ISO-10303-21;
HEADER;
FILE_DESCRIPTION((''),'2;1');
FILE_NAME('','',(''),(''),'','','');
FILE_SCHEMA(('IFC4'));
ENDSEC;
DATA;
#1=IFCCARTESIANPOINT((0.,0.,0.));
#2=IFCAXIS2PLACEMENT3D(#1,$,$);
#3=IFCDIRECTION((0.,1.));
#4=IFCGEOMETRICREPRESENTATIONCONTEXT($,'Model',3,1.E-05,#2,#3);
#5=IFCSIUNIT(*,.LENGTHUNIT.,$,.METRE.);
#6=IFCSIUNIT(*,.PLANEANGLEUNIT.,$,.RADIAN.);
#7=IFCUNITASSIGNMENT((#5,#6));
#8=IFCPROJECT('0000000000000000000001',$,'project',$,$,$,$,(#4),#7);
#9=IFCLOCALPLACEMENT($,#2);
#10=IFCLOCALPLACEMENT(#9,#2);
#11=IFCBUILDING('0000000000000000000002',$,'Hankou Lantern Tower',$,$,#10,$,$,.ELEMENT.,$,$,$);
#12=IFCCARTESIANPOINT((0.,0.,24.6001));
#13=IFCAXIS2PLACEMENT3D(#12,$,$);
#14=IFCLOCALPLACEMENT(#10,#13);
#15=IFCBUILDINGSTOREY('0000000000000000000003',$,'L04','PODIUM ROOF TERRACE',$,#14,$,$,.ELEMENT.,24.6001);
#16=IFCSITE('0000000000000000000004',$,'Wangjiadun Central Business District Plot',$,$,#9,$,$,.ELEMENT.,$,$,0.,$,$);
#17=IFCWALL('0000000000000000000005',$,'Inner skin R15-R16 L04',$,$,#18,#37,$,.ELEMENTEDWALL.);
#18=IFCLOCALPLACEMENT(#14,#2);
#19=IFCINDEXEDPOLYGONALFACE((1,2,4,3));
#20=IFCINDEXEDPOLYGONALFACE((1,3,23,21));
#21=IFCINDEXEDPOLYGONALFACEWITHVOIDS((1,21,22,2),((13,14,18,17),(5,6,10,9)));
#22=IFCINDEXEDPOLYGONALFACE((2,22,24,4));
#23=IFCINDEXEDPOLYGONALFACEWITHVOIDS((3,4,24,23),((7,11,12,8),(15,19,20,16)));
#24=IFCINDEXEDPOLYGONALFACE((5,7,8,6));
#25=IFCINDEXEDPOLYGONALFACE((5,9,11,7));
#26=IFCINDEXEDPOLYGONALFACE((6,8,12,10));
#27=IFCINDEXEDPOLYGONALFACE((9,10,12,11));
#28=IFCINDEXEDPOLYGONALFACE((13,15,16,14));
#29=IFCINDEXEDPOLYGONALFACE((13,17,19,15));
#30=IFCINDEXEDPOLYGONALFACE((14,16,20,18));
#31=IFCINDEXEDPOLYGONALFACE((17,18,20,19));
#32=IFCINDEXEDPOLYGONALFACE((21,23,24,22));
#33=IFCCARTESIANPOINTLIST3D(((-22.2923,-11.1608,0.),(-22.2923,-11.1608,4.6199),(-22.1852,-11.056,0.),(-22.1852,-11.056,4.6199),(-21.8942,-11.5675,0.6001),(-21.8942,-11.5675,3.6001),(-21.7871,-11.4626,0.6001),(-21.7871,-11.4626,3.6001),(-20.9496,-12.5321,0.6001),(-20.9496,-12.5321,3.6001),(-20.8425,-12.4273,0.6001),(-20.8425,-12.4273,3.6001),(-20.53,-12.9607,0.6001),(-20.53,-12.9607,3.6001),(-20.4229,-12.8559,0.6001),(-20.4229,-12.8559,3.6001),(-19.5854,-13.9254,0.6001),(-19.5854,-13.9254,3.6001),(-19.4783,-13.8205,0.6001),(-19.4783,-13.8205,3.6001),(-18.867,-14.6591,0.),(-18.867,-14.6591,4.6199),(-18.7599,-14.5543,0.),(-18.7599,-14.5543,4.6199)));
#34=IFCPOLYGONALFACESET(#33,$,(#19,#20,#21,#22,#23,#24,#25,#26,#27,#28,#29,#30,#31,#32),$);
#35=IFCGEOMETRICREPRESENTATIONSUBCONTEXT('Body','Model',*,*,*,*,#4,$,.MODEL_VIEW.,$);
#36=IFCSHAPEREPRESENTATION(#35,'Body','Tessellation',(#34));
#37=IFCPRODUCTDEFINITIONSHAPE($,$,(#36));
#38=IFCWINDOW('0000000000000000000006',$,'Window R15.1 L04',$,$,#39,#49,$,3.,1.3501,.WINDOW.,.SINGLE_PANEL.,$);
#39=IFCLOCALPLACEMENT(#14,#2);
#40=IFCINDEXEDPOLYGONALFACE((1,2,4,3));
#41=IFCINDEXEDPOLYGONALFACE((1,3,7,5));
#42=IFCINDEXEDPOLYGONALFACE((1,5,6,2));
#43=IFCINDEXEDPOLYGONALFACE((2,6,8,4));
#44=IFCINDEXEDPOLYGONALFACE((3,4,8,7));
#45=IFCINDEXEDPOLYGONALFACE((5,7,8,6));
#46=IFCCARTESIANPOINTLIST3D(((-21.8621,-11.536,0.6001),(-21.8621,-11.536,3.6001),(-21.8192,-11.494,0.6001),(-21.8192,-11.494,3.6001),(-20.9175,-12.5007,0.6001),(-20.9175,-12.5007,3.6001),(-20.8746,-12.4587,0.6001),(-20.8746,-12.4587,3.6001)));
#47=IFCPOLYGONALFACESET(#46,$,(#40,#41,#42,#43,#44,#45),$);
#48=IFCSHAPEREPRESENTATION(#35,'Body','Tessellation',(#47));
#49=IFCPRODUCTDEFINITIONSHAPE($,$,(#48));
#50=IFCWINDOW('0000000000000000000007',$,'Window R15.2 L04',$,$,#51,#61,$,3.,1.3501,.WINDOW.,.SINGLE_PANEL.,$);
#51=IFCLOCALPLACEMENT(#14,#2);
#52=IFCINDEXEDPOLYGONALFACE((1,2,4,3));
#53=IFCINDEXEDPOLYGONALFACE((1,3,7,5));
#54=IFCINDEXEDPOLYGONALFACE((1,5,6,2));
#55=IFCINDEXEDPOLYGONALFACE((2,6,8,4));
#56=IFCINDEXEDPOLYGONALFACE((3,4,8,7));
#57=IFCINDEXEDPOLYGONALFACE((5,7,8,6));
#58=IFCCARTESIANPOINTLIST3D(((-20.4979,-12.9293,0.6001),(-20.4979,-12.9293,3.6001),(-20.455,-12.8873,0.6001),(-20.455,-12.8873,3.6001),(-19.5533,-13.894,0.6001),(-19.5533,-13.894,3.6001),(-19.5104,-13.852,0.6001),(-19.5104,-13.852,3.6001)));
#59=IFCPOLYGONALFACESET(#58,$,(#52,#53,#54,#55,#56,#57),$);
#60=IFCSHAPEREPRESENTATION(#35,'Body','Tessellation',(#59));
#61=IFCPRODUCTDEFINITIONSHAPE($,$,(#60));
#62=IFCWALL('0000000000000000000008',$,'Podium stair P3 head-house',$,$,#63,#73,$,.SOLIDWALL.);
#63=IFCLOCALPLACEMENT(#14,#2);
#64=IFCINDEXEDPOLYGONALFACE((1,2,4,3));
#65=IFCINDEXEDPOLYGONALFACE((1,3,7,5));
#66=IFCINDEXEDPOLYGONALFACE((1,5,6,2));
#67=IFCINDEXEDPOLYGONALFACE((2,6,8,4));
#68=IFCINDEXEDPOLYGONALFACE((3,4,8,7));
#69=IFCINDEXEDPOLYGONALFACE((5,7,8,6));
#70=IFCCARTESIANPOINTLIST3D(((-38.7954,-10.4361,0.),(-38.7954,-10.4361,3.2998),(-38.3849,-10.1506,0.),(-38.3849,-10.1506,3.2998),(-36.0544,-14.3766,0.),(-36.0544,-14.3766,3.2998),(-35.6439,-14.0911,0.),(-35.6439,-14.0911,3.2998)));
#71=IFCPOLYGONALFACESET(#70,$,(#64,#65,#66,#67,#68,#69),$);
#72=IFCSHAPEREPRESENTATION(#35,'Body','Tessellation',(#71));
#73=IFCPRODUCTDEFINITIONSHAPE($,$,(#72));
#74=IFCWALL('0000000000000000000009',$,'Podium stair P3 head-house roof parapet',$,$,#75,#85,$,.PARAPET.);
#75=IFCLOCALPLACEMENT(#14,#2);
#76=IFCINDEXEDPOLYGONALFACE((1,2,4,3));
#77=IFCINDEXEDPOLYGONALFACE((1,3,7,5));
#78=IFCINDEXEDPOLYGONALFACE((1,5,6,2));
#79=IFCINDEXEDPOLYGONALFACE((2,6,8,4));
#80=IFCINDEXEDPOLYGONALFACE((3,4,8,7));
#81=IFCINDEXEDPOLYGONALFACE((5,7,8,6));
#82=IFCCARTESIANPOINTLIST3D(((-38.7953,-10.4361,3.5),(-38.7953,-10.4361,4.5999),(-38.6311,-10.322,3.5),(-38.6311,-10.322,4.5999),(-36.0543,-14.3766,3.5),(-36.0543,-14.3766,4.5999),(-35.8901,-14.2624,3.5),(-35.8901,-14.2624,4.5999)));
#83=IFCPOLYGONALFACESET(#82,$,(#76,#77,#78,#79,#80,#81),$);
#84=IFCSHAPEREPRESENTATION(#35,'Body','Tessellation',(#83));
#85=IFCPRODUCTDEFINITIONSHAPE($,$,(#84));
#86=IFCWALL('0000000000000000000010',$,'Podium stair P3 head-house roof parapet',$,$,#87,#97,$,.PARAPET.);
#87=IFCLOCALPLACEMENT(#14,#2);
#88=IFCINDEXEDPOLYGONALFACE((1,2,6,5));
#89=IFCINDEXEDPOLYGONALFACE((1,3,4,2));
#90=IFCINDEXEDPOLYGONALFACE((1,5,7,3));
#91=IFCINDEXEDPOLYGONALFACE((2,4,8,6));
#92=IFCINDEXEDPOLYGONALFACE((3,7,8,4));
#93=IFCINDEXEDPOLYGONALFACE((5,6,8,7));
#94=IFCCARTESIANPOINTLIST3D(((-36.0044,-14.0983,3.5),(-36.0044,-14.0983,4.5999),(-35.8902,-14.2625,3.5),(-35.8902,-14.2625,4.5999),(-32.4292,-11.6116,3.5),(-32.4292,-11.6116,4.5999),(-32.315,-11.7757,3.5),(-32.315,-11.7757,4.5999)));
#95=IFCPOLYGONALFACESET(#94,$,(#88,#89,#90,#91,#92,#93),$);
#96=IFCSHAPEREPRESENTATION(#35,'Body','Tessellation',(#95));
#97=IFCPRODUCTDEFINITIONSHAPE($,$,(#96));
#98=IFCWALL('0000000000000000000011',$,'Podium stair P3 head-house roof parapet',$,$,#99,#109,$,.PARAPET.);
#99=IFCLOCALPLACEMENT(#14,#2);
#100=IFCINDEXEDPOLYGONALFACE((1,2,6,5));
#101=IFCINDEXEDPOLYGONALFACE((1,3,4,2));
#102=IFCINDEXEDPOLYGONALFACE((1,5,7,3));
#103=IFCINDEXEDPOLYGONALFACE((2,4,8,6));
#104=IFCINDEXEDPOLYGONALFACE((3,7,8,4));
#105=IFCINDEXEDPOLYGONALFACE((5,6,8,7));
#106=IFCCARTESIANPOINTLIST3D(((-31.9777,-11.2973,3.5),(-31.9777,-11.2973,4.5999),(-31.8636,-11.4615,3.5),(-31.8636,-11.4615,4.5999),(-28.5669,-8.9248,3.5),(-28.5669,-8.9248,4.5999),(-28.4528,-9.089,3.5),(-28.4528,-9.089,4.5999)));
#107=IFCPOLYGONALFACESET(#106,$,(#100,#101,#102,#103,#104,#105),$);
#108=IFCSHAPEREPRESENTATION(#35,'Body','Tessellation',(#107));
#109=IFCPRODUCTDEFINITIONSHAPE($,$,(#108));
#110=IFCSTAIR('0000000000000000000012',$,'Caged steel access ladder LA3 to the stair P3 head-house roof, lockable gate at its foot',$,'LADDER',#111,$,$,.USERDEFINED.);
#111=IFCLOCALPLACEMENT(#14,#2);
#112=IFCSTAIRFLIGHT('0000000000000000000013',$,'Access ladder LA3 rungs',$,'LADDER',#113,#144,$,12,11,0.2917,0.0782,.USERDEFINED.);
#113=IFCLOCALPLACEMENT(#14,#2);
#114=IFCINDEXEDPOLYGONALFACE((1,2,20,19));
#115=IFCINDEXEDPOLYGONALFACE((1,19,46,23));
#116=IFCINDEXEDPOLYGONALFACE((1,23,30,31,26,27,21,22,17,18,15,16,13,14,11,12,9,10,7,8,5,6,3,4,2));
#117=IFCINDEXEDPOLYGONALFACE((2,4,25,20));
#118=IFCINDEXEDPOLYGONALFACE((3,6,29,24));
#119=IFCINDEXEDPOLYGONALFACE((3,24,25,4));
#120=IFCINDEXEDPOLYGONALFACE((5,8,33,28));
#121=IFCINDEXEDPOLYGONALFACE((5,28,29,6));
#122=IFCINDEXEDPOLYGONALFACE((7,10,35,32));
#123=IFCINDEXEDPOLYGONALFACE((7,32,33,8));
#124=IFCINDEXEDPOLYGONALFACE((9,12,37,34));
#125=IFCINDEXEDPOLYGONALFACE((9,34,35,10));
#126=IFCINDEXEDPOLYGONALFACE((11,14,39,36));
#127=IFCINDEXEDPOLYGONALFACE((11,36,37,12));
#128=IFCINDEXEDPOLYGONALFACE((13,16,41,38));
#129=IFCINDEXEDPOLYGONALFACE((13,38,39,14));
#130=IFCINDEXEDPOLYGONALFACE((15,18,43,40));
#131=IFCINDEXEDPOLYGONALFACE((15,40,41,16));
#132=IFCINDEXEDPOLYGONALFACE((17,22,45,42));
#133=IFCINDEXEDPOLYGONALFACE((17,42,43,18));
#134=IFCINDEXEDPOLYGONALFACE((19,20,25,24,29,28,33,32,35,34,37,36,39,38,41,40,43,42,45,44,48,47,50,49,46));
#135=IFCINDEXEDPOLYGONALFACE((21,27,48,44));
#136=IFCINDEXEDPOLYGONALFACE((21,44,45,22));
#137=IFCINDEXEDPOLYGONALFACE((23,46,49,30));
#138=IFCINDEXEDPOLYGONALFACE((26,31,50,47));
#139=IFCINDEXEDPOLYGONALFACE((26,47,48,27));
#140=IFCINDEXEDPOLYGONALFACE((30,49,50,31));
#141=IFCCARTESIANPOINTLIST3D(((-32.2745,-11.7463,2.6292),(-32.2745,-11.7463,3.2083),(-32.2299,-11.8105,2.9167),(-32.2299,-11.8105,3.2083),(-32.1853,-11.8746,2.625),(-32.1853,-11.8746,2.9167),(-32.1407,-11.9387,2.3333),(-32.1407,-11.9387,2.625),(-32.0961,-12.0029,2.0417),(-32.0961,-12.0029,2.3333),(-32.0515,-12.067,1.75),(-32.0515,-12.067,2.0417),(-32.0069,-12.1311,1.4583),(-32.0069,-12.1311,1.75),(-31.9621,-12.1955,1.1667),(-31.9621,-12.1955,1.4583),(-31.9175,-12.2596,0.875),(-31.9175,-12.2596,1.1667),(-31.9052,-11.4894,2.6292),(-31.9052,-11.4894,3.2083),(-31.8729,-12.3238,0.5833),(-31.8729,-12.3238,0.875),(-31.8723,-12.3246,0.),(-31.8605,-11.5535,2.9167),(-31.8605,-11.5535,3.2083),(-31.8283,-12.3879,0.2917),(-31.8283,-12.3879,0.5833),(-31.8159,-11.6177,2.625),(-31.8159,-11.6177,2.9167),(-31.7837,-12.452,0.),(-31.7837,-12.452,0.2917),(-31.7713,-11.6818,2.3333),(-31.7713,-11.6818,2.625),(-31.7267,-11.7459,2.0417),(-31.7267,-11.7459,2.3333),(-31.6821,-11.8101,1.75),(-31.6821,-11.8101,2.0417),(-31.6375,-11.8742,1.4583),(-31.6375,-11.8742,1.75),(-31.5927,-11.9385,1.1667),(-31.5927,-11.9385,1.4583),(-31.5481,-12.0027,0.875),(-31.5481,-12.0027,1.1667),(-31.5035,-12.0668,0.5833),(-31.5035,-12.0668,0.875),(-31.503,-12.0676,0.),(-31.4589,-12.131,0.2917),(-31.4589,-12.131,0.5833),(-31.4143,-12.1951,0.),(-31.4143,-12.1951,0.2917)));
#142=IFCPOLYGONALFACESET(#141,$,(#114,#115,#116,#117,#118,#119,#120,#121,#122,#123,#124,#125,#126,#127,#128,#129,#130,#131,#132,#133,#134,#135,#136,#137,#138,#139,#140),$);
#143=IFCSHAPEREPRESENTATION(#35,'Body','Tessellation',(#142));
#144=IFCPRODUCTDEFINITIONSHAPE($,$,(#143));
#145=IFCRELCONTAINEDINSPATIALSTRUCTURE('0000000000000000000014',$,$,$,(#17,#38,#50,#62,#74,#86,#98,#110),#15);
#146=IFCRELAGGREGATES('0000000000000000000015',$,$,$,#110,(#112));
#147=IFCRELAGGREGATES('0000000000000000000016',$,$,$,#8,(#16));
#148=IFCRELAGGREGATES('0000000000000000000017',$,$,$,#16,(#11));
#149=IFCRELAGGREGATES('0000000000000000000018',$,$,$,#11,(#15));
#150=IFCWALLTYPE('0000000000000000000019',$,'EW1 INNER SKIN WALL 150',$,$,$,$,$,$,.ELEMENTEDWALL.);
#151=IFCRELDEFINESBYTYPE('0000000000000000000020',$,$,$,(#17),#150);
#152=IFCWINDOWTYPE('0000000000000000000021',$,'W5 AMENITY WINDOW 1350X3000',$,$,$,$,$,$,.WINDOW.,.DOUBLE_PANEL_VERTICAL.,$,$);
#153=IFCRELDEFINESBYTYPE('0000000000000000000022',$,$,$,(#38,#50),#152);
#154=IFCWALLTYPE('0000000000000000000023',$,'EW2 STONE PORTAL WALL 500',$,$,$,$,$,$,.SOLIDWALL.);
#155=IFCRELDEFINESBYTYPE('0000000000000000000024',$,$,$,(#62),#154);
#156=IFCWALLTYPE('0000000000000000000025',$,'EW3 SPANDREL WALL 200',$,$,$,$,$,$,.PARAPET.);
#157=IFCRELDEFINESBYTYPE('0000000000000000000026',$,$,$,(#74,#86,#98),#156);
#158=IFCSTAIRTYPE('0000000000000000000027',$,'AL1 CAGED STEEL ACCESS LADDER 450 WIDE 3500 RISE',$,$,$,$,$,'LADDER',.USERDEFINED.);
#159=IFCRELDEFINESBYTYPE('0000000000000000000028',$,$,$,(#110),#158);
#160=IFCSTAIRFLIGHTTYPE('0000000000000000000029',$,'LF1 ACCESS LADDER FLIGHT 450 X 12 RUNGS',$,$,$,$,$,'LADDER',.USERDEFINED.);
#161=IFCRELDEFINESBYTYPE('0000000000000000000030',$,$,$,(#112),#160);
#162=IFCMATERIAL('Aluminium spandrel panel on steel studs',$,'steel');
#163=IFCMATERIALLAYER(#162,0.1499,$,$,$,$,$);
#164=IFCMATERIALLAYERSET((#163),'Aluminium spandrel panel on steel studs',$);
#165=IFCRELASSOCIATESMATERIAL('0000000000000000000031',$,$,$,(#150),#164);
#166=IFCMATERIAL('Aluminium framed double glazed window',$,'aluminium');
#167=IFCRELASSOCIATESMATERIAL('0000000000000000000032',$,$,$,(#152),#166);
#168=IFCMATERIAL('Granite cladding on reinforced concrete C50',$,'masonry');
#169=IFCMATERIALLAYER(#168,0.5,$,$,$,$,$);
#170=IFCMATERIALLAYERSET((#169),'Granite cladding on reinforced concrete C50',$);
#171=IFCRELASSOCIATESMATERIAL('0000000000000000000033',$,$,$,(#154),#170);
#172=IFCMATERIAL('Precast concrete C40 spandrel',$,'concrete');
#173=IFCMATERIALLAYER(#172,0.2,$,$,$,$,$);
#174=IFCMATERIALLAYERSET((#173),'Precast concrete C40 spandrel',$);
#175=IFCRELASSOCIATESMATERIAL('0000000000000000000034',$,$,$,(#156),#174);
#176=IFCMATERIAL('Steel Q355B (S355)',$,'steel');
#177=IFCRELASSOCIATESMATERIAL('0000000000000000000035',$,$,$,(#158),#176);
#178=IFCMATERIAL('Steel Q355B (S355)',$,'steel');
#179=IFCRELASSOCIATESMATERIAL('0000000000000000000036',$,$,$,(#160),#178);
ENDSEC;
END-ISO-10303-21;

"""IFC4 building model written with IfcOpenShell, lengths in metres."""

from ifc_helpers import new_model, si_unit, direction, frame, frame_2d, origin, place, context, subcontext, project, spatial, polyline, rectangle, outline, extrude, material, layer, layer_set, type_object, element, fill, aggregate, save


model = new_model("IFC4")

# Units and contexts
model_context = context("Model", 3, precision=1e-05, world=origin(), true_north=direction((0.0, 1.0)))
body_context = subcontext(model_context, "Body", "Model", "MODEL_VIEW")
ifc_project = project(units=[si_unit("LENGTHUNIT", "METRE"), si_unit("PLANEANGLEUNIT", "RADIAN")], contexts=[model_context])

# Site, building, storey
site_placement = place(None, origin())
site = spatial("IfcSite", under=ifc_project, at=site_placement, Name="Wangjiadun Central Business District Plot", CompositionType="ELEMENT", RefElevation=0.0)
building_placement = place(site_placement, origin())
building = spatial("IfcBuilding", under=site, at=building_placement, Name="Hankou Lantern Tower", CompositionType="ELEMENT")
storey_placement = place(building_placement, frame((0.0, 0.0, 24.6001)))
storey = spatial("IfcBuildingStorey", under=building, at=storey_placement, Name="L04", Description="PODIUM ROOF TERRACE", CompositionType="ELEMENT", Elevation=24.6001)

# Wall, openings, windows
ifc_material_1 = material(Name="Aluminium spandrel panel on steel studs", Category="steel")
ifc_layer_1 = layer(ifc_material_1, 0.1499)
ifc_layer_set_1 = layer_set([ifc_layer_1], Name="Aluminium spandrel panel on steel studs")
wall_type_1 = type_object("IfcWallType", Name="EW1 INNER SKIN WALL 150", PredefinedType="ELEMENTEDWALL", material=ifc_layer_set_1)
wall_1_placement = place(storey_placement, frame((-22.2388, -11.1084, 0.0), z_axis=(0.0, 0.0, 1.0), x_axis=(0.699613, -0.714522, 0.0)))
wall_1 = element("IfcWall", 1, at=wall_1_placement, inside=storey, type_object=wall_type_1, Name="Inner skin R15-R16 L04", PredefinedType="ELEMENTEDWALL", context=body_context, shape_type="SweptSolid", body=[
    extrude(rectangle(XDim=4.896, YDim=0.1499, at=frame_2d((2.448, 0.0))), origin(), (0.0, 0.0, 1.0), 4.6199),
])
opening_1_placement = place(wall_1_placement, frame((0.5691, 0.0, 0.6001)))
opening_1 = element("IfcOpeningElement", 2, at=opening_1_placement, cuts=wall_1, PredefinedType="OPENING", context=body_context, shape_type="SweptSolid", body=[
    extrude(rectangle(XDim=1.3501, YDim=3.0, at=frame_2d((0.675, 1.5))), frame((0.0, 0.085, 0.0), z_axis=(0.0, -1.0, 0.0), x_axis=(1.0, 0.0, 0.0)), (0.0, 0.0, 1.0), 0.1699),
])
opening_2_placement = place(wall_1_placement, frame((2.519, 0.0, 0.6001)))
opening_2 = element("IfcOpeningElement", 3, at=opening_2_placement, cuts=wall_1, PredefinedType="OPENING", context=body_context, shape_type="SweptSolid", body=[
    extrude(rectangle(XDim=1.3501, YDim=3.0, at=frame_2d((0.675, 1.5))), frame((0.0, 0.085, 0.0), z_axis=(0.0, -1.0, 0.0), x_axis=(1.0, 0.0, 0.0)), (0.0, 0.0, 1.0), 0.1699),
])
ifc_material_2 = material(Name="Aluminium framed double glazed window", Category="aluminium")
window_type = type_object("IfcWindowType", Name="W5 AMENITY WINDOW 1350X3000", PartitioningType="DOUBLE_PANEL_VERTICAL", PredefinedType="WINDOW", material=ifc_material_2)
window_1_placement = place(opening_1_placement, origin())
window_1 = element("IfcWindow", 4, at=window_1_placement, inside=storey, type_object=window_type, Name="Window R15.1 L04", OverallHeight=3.0, OverallWidth=1.3501, PartitioningType="SINGLE_PANEL", PredefinedType="WINDOW", context=body_context, shape_type="SweptSolid", body=[
    extrude(rectangle(XDim=1.3501, YDim=3.0, at=frame_2d((0.675, 1.5))), frame((0.0, 0.03, 0.0), z_axis=(0.0, -1.0, 0.0), x_axis=(1.0, 0.0, 0.0)), (0.0, 0.0, 1.0), 0.0601),
])
fill(opening_1, window_1)
window_2_placement = place(opening_2_placement, origin())
window_2 = element("IfcWindow", 5, at=window_2_placement, inside=storey, type_object=window_type, Name="Window R15.2 L04", OverallHeight=3.0, OverallWidth=1.3501, PartitioningType="SINGLE_PANEL", PredefinedType="WINDOW", context=body_context, shape_type="SweptSolid", body=[
    extrude(rectangle(XDim=1.3501, YDim=3.0, at=frame_2d((0.675, 1.5))), frame((0.0, 0.03, 0.0), z_axis=(0.0, -1.0, 0.0), x_axis=(1.0, 0.0, 0.0)), (0.0, 0.0, 1.0), 0.0601),
])
fill(opening_2, window_2)

# Walls
ifc_material_3 = material(Name="Granite cladding on reinforced concrete C50", Category="masonry")
ifc_layer_2 = layer(ifc_material_3, 0.5)
ifc_layer_set_2 = layer_set([ifc_layer_2], Name="Granite cladding on reinforced concrete C50")
wall_type_2 = type_object("IfcWallType", Name="EW2 STONE PORTAL WALL 500", PredefinedType="SOLIDWALL", material=ifc_layer_set_2)
wall_2_placement = place(storey_placement, frame((-38.5901, -10.2935, 0.0), z_axis=(0.0, 0.0, 1.0), x_axis=(0.571036, -0.820925, 0.0)))
element("IfcWall", 6, at=wall_2_placement, inside=storey, type_object=wall_type_2, Name="Podium stair P3 head-house", PredefinedType="SOLIDWALL", context=body_context, shape_type="SweptSolid", body=[
    extrude(rectangle(XDim=4.8, YDim=0.5, at=frame_2d((2.3999, 0.0))), origin(), (0.0, 0.0, 1.0), 3.2998),
])
ifc_material_4 = material(Name="Precast concrete C40 spandrel", Category="concrete")
ifc_layer_3 = layer(ifc_material_4, 0.2)
ifc_layer_set_3 = layer_set([ifc_layer_3], Name="Precast concrete C40 spandrel")
wall_type_3 = type_object("IfcWallType", Name="EW3 SPANDREL WALL 200", PredefinedType="PARAPET", material=ifc_layer_set_3)
wall_3_placement = place(storey_placement, frame((-38.7131, -10.3792, 3.5), z_axis=(0.0, 0.0, 1.0), x_axis=(0.571036, -0.820925, 0.0)))
element("IfcWall", 7, at=wall_3_placement, inside=storey, type_object=wall_type_3, Name="Podium stair P3 head-house roof parapet", PredefinedType="PARAPET", context=body_context, shape_type="SweptSolid", body=[
    extrude(rectangle(XDim=4.8, YDim=0.2, at=frame_2d((2.3999, 0.0))), origin(), (0.0, 0.0, 1.0), 1.0999),
])
wall_4_placement = place(storey_placement, frame((-35.9473, -14.1804, 3.5), z_axis=(0.0, 0.0, 1.0), x_axis=(0.820935, 0.571022, 0.0)))
element("IfcWall", 8, at=wall_4_placement, inside=storey, type_object=wall_type_3, Name="Podium stair P3 head-house roof parapet", PredefinedType="PARAPET", context=body_context, shape_type="SweptSolid", body=[
    extrude(rectangle(XDim=4.355, YDim=0.2, at=frame_2d((2.1775, 0.0))), origin(), (0.0, 0.0, 1.0), 1.0999),
])
wall_5_placement = place(storey_placement, frame((-31.9207, -11.3794, 3.5), z_axis=(0.0, 0.0, 1.0), x_axis=(0.820932, 0.571027, 0.0)))
element("IfcWall", 9, at=wall_5_placement, inside=storey, type_object=wall_type_3, Name="Podium stair P3 head-house roof parapet", PredefinedType="PARAPET", context=body_context, shape_type="SweptSolid", body=[
    extrude(rectangle(XDim=4.1548, YDim=0.2, at=frame_2d((2.0774, 0.0))), origin(), (0.0, 0.0, 1.0), 1.0999),
])

# Stair, stair flight
ifc_material_5 = material(Name="Steel Q355B (S355)", Category="steel")
stair_type = type_object("IfcStairType", Name="AL1 CAGED STEEL ACCESS LADDER 450 WIDE 3500 RISE", ElementType="LADDER", PredefinedType="USERDEFINED", material=ifc_material_5)
stair_placement = place(storey_placement, origin())
stair = element("IfcStair", 10, at=stair_placement, inside=storey, type_object=stair_type, Name="Caged steel access ladder LA3 to the stair P3 head-house roof, lockable gate at its foot", ObjectType="LADDER", PredefinedType="USERDEFINED")
ifc_material_6 = material(Name="Steel Q355B (S355)", Category="steel")
stair_flight_type = type_object("IfcStairFlightType", Name="LF1 ACCESS LADDER FLIGHT 450 X 12 RUNGS", ElementType="LADDER", PredefinedType="USERDEFINED", material=ifc_material_6)
stair_flight_placement = place(storey_placement, frame((-31.5989, -12.3235, 0.0), z_axis=(0.0, 0.0, 1.0), x_axis=(-0.571033, 0.820927, 0.0)))
stair_flight = element("IfcStairFlight", 11, at=stair_flight_placement, type_object=stair_flight_type, Name="Access ladder LA3 rungs", ObjectType="LADDER", NumberOfRisers=12, NumberOfTreads=11, PredefinedType="USERDEFINED", RiserHeight=0.2917, TreadLength=0.0782, context=body_context, shape_type="SweptSolid", body=[
    extrude(outline(polyline([(0.0, 0.0), (0.0, 0.2917), (0.0781, 0.2917), (0.0781, 0.5833), (0.1562, 0.5833), (0.1562, 0.875), (0.2344, 0.875), (0.2344, 1.1667), (0.3125, 1.1667), (0.3125, 1.4583), (0.3909, 1.4583), (0.3909, 1.75), (0.469, 1.75), (0.469, 2.0417), (0.5471, 2.0417), (0.5471, 2.3333), (0.6252, 2.3333), (0.6252, 2.625), (0.7034, 2.625), (0.7034, 2.9167), (0.7815, 2.9167), (0.7815, 3.2083), (0.8596, 3.2083), (0.8596, 3.5), (0.8596, 2.6292), (0.1553, 0.0), (0.0, 0.0)])), frame((0.0, 0.2251, 0.0), z_axis=(0.0, -1.0, 0.0), x_axis=(1.0, 0.0, 0.0)), (0.0, 0.0, 1.0), 0.45),
])
aggregate(stair, [stair_flight])

save(model, "model.ifc")
